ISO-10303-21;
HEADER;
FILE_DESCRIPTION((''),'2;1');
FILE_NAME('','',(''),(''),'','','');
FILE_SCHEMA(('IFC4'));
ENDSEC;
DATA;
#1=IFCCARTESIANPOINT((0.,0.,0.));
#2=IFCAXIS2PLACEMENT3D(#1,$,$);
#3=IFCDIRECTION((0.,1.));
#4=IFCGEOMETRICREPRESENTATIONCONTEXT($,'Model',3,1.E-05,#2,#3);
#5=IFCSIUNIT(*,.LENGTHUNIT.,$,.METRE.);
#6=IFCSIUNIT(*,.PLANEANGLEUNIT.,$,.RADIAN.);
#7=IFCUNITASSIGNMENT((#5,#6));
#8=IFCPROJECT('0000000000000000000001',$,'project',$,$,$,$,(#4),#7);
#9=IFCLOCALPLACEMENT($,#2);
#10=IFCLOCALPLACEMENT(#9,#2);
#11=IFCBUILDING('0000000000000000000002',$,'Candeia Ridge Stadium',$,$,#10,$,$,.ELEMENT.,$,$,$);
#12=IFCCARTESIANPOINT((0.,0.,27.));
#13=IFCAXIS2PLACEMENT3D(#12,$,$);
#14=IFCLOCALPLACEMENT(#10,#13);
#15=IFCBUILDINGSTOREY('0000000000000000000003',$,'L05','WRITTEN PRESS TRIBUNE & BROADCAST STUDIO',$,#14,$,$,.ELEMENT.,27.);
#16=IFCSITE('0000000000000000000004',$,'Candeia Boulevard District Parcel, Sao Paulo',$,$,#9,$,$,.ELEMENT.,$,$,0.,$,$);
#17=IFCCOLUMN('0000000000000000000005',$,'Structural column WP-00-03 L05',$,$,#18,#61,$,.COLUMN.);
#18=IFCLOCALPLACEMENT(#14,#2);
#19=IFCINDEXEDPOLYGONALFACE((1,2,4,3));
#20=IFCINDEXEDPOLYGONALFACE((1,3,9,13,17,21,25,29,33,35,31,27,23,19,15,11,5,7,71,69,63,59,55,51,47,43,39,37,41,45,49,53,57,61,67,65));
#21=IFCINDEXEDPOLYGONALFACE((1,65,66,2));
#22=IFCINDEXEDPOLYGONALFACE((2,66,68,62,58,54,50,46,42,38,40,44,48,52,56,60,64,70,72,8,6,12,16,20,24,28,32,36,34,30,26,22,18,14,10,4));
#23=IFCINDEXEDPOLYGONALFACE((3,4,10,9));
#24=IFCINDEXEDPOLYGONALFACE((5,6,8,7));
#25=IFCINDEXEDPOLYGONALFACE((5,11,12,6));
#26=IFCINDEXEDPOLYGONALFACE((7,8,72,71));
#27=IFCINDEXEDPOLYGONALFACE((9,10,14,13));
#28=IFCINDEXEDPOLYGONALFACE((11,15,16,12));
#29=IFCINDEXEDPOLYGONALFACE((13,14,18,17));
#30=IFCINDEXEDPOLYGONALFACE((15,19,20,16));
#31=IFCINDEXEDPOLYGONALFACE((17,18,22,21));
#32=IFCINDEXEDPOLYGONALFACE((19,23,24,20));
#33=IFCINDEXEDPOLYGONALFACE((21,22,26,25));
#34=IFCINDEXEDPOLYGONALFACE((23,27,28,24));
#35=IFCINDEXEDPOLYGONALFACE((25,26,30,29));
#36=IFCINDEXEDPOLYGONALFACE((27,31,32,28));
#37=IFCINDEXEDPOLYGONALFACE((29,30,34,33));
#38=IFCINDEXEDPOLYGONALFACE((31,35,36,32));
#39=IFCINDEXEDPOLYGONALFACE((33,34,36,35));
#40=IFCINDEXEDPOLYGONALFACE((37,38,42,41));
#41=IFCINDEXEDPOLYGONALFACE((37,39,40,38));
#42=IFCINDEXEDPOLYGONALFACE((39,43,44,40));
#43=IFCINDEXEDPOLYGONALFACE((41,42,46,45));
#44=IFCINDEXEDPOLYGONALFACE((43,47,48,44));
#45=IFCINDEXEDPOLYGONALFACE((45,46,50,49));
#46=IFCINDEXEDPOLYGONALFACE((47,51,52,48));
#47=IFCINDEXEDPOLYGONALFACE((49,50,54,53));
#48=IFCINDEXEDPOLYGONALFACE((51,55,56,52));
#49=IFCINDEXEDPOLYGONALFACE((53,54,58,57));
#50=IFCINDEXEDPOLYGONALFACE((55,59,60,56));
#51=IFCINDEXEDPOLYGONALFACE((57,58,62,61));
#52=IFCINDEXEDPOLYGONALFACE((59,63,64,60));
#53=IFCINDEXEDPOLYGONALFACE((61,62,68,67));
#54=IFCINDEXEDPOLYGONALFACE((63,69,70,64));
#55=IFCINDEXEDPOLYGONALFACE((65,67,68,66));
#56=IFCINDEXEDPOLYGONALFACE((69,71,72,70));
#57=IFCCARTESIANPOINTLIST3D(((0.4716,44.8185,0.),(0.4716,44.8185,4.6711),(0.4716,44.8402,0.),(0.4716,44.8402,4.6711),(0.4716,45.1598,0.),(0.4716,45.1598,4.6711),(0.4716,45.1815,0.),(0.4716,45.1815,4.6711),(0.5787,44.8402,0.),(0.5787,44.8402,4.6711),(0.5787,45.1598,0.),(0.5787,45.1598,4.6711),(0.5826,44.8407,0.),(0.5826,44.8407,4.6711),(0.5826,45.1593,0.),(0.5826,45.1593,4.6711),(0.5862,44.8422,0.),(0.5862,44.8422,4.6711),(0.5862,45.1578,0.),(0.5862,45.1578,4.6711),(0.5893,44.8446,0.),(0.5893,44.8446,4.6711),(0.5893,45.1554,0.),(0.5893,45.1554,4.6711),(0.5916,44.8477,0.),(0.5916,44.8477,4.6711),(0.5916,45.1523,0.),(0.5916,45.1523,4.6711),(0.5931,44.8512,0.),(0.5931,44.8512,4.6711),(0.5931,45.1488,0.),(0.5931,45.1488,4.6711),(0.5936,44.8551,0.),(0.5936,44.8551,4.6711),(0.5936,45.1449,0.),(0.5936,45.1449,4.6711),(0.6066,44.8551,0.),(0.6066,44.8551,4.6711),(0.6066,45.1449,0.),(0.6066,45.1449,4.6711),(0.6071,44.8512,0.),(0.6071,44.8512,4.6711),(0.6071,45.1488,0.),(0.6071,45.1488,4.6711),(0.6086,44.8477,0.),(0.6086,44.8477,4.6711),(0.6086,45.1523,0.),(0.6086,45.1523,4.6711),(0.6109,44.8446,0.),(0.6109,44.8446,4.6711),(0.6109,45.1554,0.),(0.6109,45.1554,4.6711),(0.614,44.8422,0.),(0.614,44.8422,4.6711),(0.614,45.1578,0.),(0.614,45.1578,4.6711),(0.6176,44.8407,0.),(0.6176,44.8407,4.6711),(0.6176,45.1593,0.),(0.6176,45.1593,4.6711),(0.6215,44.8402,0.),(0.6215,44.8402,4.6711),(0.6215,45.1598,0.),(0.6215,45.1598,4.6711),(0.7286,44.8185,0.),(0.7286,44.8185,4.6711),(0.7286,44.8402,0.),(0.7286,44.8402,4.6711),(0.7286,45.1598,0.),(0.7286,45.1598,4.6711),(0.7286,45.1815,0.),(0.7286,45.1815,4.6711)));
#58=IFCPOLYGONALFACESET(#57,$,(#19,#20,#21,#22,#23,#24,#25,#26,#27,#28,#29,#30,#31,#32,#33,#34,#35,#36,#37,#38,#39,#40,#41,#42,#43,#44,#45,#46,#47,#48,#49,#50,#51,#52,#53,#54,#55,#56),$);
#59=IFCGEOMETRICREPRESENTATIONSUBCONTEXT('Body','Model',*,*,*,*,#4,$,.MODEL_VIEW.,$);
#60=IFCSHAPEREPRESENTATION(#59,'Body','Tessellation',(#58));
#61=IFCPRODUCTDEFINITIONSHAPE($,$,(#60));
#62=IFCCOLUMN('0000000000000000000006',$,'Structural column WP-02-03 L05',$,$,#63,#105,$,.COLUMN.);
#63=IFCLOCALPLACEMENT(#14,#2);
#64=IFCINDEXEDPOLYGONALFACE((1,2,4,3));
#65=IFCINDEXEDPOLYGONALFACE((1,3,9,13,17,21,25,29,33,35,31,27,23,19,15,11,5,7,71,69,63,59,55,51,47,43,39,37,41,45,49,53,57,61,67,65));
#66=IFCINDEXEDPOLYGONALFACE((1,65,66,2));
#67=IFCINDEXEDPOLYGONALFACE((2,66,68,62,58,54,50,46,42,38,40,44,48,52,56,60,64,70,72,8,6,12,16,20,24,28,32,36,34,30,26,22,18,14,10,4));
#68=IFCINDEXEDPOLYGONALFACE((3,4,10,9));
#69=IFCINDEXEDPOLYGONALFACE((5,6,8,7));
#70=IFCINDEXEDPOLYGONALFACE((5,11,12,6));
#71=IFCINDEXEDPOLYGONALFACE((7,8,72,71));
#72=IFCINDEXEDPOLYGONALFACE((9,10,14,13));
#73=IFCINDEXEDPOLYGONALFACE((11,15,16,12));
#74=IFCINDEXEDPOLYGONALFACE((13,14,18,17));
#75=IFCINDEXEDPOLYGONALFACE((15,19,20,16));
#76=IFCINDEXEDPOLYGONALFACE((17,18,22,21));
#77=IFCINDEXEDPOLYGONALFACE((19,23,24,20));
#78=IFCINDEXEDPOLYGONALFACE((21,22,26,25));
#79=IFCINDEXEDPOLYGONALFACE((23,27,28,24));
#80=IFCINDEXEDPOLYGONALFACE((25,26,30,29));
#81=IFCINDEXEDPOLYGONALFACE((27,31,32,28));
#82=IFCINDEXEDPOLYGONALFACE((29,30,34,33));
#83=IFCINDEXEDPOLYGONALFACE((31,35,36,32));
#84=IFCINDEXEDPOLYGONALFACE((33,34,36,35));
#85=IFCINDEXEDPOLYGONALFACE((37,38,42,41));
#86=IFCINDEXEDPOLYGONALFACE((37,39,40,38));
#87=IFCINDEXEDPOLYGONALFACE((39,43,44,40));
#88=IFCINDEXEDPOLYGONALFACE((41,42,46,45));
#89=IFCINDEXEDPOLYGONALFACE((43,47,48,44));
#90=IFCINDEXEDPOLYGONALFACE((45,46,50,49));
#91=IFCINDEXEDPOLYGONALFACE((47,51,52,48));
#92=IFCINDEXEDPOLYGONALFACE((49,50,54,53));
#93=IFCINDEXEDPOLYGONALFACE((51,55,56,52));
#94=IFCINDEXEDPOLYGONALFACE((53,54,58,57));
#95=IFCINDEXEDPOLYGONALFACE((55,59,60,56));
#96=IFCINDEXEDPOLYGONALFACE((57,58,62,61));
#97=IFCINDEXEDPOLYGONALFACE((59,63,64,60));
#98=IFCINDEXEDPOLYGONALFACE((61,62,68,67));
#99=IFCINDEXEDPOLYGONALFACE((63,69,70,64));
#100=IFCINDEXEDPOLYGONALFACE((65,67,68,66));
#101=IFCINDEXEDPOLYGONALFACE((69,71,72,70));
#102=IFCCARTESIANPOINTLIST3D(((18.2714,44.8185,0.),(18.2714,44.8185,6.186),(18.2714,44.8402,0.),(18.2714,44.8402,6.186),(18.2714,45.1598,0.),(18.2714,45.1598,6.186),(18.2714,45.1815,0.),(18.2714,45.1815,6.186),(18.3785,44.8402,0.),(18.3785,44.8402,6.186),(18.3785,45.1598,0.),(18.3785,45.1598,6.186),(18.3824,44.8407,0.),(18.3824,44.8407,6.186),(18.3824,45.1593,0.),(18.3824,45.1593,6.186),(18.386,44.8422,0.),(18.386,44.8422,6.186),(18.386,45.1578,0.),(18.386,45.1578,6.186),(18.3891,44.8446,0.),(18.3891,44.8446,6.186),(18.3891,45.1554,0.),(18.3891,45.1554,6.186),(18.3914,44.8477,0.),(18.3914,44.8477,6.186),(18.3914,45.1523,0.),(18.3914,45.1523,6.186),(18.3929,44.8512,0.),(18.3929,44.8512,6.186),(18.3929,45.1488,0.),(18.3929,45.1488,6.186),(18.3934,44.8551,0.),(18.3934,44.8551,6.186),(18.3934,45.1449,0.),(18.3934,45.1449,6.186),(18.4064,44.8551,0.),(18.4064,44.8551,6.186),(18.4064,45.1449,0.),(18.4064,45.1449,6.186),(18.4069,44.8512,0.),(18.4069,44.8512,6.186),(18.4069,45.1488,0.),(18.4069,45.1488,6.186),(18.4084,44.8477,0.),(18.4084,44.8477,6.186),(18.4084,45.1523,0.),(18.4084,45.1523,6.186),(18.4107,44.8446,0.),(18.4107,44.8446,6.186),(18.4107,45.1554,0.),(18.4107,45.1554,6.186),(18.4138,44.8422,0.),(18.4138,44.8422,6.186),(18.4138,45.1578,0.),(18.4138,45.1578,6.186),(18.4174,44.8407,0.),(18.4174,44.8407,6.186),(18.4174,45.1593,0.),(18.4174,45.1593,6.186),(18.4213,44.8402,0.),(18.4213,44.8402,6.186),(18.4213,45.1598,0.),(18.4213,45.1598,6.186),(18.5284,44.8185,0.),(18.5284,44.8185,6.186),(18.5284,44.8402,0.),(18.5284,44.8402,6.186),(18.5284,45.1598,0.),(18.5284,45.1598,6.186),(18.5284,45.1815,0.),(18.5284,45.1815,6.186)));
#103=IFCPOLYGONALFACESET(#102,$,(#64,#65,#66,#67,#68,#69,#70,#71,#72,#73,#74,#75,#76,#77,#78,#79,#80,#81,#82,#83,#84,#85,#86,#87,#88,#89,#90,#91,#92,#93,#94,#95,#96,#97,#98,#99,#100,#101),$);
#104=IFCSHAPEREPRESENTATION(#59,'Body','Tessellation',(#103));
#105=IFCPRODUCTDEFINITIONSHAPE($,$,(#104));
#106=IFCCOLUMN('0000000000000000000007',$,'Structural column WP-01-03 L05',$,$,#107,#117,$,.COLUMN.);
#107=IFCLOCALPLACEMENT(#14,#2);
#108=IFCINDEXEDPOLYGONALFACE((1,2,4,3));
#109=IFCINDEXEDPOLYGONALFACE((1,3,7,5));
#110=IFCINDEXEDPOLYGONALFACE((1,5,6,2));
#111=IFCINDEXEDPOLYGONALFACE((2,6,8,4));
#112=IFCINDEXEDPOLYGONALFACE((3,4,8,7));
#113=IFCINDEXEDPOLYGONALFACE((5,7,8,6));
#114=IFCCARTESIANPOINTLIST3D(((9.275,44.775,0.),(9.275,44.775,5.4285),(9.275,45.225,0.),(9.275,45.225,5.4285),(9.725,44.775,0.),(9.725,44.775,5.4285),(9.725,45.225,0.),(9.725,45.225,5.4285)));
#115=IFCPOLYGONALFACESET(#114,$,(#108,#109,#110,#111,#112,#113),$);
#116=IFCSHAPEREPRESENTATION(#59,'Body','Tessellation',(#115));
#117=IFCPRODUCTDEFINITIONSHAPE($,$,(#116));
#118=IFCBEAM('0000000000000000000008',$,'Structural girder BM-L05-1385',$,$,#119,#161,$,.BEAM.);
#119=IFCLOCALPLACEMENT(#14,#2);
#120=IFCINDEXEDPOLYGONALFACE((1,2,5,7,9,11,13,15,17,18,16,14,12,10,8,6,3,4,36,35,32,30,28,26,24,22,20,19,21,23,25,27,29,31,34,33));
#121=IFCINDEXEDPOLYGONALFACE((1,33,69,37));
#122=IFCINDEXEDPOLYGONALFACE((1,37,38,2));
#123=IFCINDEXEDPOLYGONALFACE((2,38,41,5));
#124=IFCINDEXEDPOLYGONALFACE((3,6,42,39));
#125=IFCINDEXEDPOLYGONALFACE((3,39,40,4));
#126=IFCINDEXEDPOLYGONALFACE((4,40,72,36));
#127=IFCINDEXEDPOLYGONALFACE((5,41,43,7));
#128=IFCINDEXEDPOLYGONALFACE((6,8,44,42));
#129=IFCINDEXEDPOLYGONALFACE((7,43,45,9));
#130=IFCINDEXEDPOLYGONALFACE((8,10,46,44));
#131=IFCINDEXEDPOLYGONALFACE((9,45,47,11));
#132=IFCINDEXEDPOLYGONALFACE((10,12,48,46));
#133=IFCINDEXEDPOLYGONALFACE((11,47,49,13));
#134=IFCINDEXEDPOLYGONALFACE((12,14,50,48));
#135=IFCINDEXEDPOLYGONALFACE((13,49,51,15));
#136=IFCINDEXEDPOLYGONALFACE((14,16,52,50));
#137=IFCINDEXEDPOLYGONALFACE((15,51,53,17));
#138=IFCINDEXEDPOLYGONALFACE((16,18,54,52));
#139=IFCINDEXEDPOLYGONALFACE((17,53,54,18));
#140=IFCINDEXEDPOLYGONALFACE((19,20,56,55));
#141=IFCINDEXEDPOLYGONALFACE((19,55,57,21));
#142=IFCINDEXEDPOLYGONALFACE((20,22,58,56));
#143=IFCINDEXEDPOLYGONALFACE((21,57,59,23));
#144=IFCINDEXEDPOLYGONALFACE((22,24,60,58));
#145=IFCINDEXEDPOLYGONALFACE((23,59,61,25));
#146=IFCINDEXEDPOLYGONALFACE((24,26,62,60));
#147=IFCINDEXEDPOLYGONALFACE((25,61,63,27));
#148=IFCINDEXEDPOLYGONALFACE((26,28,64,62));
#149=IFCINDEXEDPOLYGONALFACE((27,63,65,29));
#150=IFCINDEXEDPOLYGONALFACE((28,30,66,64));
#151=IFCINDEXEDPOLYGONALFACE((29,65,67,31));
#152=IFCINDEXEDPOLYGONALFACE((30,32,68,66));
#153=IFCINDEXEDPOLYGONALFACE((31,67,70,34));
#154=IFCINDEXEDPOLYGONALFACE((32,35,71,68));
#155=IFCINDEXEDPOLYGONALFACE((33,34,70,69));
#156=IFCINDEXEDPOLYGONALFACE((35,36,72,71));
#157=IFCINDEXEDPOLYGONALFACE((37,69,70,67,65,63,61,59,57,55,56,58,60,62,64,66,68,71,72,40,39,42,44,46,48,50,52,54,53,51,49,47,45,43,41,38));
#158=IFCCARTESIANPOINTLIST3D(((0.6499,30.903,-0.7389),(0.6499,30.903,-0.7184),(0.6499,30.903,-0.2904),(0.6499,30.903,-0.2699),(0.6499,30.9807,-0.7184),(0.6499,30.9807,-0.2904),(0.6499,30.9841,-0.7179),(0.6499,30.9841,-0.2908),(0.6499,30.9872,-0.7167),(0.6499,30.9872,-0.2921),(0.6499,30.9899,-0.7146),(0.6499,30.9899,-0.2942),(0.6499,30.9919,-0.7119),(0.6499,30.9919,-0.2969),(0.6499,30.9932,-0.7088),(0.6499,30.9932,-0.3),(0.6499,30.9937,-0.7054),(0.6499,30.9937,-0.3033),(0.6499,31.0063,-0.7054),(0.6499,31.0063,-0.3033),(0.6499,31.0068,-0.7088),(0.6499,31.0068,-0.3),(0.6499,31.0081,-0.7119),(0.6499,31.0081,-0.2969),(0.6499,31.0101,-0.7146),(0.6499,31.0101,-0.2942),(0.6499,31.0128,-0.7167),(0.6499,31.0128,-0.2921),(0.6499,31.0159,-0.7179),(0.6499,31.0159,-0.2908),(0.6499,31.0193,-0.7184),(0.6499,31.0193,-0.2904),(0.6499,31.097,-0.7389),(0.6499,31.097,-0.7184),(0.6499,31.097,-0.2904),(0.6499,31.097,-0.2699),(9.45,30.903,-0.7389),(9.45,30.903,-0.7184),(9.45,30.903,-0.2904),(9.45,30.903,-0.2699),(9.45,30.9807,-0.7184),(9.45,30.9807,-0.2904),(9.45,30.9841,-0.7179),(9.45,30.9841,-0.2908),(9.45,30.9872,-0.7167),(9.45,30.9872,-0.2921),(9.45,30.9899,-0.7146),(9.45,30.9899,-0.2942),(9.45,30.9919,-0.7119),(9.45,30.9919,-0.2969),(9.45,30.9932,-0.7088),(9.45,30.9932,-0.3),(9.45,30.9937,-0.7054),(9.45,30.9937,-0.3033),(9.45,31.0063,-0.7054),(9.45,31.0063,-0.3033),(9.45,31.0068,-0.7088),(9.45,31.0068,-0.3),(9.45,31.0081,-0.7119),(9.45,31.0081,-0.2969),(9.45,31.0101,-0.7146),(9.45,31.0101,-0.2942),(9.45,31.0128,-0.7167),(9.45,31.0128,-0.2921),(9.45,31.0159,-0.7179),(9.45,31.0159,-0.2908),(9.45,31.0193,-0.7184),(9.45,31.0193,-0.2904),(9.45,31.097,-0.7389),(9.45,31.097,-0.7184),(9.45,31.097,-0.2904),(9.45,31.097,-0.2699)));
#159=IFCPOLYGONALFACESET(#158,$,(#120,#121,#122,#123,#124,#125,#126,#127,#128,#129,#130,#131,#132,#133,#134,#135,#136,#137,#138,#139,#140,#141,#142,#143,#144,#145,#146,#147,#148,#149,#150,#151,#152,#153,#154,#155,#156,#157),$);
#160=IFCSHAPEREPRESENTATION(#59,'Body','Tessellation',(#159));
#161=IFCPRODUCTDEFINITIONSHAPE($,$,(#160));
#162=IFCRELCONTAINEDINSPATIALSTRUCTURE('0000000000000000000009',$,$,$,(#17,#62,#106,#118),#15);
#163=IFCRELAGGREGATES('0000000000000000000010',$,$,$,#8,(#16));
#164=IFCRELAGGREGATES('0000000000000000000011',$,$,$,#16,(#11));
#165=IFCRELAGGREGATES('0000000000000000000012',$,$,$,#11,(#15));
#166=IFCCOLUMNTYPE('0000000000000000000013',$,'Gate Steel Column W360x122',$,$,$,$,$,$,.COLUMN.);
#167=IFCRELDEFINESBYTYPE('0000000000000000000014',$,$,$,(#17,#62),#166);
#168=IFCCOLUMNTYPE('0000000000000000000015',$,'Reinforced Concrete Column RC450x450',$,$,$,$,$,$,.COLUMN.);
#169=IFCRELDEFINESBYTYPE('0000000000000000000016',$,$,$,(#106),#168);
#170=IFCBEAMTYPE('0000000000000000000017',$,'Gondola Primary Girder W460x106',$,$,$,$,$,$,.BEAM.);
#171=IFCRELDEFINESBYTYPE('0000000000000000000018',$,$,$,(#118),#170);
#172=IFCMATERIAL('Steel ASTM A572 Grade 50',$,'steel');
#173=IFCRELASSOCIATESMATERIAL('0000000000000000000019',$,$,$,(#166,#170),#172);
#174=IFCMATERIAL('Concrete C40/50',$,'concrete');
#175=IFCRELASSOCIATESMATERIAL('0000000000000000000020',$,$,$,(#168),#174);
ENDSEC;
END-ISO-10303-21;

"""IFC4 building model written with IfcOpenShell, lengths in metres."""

from ifc_helpers import new_model, si_unit, direction, frame, origin, origin_2d, place, context, subcontext, project, spatial, rectangle, i_section, extrude, material, material_profile, profile_set, type_object, element, save


model = new_model("IFC4")

# Units and contexts
model_context = context("Model", 3, precision=1e-05, world=origin(), true_north=direction((0.0, 1.0)))
body_context = subcontext(model_context, "Body", "Model", "MODEL_VIEW")
ifc_project = project(units=[si_unit("LENGTHUNIT", "METRE"), si_unit("PLANEANGLEUNIT", "RADIAN")], contexts=[model_context])

# Site, building, storey
site_placement = place(None, origin())
site = spatial("IfcSite", under=ifc_project, at=site_placement, Name="Candeia Boulevard District Parcel, Sao Paulo", CompositionType="ELEMENT", RefElevation=0.0)
building_placement = place(site_placement, origin())
building = spatial("IfcBuilding", under=site, at=building_placement, Name="Candeia Ridge Stadium", CompositionType="ELEMENT")
storey_placement = place(building_placement, frame((0.0, 0.0, 27.0)))
storey = spatial("IfcBuildingStorey", under=building, at=storey_placement, Name="L05", Description="WRITTEN PRESS TRIBUNE & BROADCAST STUDIO", CompositionType="ELEMENT", Elevation=27.0)

# Columns
ifc_material_1 = material(Name="Steel ASTM A572 Grade 50", Category="steel")
ifc_material_profile_1 = material_profile(ifc_material_1, i_section(OverallWidth=0.2571, OverallDepth=0.363, WebThickness=0.0129, FlangeThickness=0.0217, FilletRadius=0.0149, at=origin_2d()), Name="W360x122", Category="steel")
ifc_profile_set_1 = profile_set([ifc_material_profile_1], Name="Steel ASTM A572 Grade 50")
column_type_1 = type_object("IfcColumnType", Name="Gate Steel Column W360x122", PredefinedType="COLUMN", material=ifc_profile_set_1)
column_1_placement = place(storey_placement, frame((0.6001, 45.0, 0.0), z_axis=(0.0, 0.0, 1.0), x_axis=(1.0, 0.0, 0.0)))
element("IfcColumn", 1, at=column_1_placement, inside=storey, type_object=column_type_1, Name="Structural column WP-00-03 L05", PredefinedType="COLUMN", context=body_context, shape_type="SweptSolid", body=[
    extrude(i_section(OverallWidth=0.2571, OverallDepth=0.363, WebThickness=0.0129, FlangeThickness=0.0217, FilletRadius=0.0149, at=origin_2d()), origin(), (0.0, 0.0, 1.0), 4.6711),
])
column_2_placement = place(storey_placement, frame((18.3999, 45.0, 0.0), z_axis=(0.0, 0.0, 1.0), x_axis=(1.0, 0.0, 0.0)))
element("IfcColumn", 2, at=column_2_placement, inside=storey, type_object=column_type_1, Name="Structural column WP-02-03 L05", PredefinedType="COLUMN", context=body_context, shape_type="SweptSolid", body=[
    extrude(i_section(OverallWidth=0.2571, OverallDepth=0.363, WebThickness=0.0129, FlangeThickness=0.0217, FilletRadius=0.0149, at=origin_2d()), origin(), (0.0, 0.0, 1.0), 6.186),
])
ifc_material_2 = material(Name="Concrete C40/50", Category="concrete")
ifc_material_profile_2 = material_profile(ifc_material_2, rectangle(XDim=0.45, YDim=0.45, at=origin_2d()), Name="RC450x450", Category="concrete")
ifc_profile_set_2 = profile_set([ifc_material_profile_2], Name="Concrete C40/50")
column_type_2 = type_object("IfcColumnType", Name="Reinforced Concrete Column RC450x450", PredefinedType="COLUMN", material=ifc_profile_set_2)
column_3_placement = place(storey_placement, frame((9.5, 45.0, 0.0), z_axis=(0.0, 0.0, 1.0), x_axis=(1.0, 0.0, 0.0)))
element("IfcColumn", 3, at=column_3_placement, inside=storey, type_object=column_type_2, Name="Structural column WP-01-03 L05", PredefinedType="COLUMN", context=body_context, shape_type="SweptSolid", body=[
    extrude(rectangle(XDim=0.45, YDim=0.45, at=origin_2d()), origin(), (0.0, 0.0, 1.0), 5.4285),
])

# Beam
ifc_material_profile_3 = material_profile(ifc_material_1, i_section(OverallWidth=0.1941, OverallDepth=0.469, WebThickness=0.0127, FlangeThickness=0.0205, FilletRadius=0.0129, at=origin_2d()), Name="W460x106", Category="steel")
ifc_profile_set_3 = profile_set([ifc_material_profile_3], Name="Steel ASTM A572 Grade 50")
beam_type_1 = type_object("IfcBeamType", Name="Gondola Primary Girder W460x106", PredefinedType="BEAM", material=ifc_profile_set_3)
for number, where, z_axis, x_axis, name in (
    (4, (0.6499, 31.0, -0.5044), (1.0, 0.0, 0.0), (0.0, 1.0, 0.0), "Structural girder BM-L05-1385"),
):
    element("IfcBeam", number, at=place(storey_placement, frame(where, z_axis=z_axis, x_axis=x_axis)), inside=storey, type_object=beam_type_1, Name=name, PredefinedType="BEAM", context=body_context, shape_type="SweptSolid", body=[
        extrude(i_section(OverallWidth=0.1941, OverallDepth=0.469, WebThickness=0.0127, FlangeThickness=0.0205, FilletRadius=0.0129, at=origin_2d()), origin(), (0.0, 0.0, 1.0), 8.8),
    ])

save(model, "model.ifc")
